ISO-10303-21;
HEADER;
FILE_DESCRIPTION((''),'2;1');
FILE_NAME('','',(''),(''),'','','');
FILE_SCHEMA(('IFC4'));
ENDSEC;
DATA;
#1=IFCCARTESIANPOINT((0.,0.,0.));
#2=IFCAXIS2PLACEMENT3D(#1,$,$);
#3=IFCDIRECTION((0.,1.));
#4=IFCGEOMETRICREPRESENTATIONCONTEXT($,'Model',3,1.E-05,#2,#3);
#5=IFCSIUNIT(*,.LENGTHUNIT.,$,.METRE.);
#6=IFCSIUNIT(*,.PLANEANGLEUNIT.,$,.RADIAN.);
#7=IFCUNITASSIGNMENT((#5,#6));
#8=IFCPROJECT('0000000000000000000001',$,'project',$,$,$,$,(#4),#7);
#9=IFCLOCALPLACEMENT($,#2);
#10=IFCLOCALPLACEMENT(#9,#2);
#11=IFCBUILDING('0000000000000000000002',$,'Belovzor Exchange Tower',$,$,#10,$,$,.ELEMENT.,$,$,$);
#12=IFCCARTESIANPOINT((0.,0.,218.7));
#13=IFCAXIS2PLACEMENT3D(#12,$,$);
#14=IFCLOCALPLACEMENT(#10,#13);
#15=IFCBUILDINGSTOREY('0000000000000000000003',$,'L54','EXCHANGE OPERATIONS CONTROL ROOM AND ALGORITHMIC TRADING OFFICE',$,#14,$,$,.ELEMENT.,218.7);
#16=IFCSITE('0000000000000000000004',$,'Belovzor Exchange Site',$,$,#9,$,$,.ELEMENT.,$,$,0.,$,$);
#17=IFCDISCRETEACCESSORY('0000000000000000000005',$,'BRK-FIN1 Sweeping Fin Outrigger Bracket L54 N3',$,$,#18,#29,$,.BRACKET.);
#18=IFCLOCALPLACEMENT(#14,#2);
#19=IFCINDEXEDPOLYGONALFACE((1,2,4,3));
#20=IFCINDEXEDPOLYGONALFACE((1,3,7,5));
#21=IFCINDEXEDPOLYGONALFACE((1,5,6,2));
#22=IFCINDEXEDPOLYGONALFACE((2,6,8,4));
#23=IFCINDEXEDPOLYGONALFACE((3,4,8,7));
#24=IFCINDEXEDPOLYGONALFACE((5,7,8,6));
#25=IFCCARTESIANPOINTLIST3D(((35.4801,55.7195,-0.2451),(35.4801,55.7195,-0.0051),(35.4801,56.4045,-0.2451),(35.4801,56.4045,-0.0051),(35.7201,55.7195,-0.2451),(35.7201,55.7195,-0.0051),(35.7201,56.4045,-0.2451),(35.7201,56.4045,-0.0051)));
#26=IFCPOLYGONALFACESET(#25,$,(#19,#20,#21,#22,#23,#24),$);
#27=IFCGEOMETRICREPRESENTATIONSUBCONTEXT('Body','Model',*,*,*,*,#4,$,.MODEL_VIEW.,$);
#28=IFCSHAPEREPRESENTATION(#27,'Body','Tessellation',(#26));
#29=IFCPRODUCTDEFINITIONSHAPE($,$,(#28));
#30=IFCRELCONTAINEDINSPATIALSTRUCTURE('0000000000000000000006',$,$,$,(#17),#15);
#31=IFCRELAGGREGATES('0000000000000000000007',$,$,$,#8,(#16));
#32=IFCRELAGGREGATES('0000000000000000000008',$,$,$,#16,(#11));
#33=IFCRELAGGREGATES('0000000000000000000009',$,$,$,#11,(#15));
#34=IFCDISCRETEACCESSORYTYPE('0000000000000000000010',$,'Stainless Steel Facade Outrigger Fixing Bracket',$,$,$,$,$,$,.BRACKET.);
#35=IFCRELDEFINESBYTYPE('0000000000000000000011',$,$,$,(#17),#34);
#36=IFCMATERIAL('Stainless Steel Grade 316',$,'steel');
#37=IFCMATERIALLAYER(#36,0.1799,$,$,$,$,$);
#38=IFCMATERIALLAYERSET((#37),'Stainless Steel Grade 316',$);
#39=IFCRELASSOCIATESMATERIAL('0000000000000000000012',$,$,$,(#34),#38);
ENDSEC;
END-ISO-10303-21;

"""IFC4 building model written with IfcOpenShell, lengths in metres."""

from ifc_helpers import new_model, si_unit, direction, frame, origin, origin_2d, place, context, subcontext, project, spatial, rectangle, extrude, material, layer, layer_set, type_object, element, save


model = new_model("IFC4")

# Units and contexts
model_context = context("Model", 3, precision=1e-05, world=origin(), true_north=direction((0.0, 1.0)))
body_context = subcontext(model_context, "Body", "Model", "MODEL_VIEW")
ifc_project = project(units=[si_unit("LENGTHUNIT", "METRE"), si_unit("PLANEANGLEUNIT", "RADIAN")], contexts=[model_context])

# Site, building, storey
site_placement = place(None, origin())
site = spatial("IfcSite", under=ifc_project, at=site_placement, Name="Belovzor Exchange Site", CompositionType="ELEMENT", RefElevation=0.0)
building_placement = place(site_placement, origin())
building = spatial("IfcBuilding", under=site, at=building_placement, Name="Belovzor Exchange Tower", CompositionType="ELEMENT")
storey_placement = place(building_placement, frame((0.0, 0.0, 218.7)))
storey = spatial("IfcBuildingStorey", under=building, at=storey_placement, Name="L54", Description="EXCHANGE OPERATIONS CONTROL ROOM AND ALGORITHMIC TRADING OFFICE", CompositionType="ELEMENT", Elevation=218.7)

# Discrete accessory
ifc_material_1 = material(Name="Stainless Steel Grade 316", Category="steel")
ifc_layer_1 = layer(ifc_material_1, 0.1799)
ifc_layer_set_1 = layer_set([ifc_layer_1], Name="Stainless Steel Grade 316")
discrete_accessory_type = type_object("IfcDiscreteAccessoryType", Name="Stainless Steel Facade Outrigger Fixing Bracket", PredefinedType="BRACKET", material=ifc_layer_set_1)
discrete_accessory_placement = place(storey_placement, frame((35.6001, 56.062, -0.2451), z_axis=(0.0, 0.0, 1.0), x_axis=(0.0, 1.0, 0.0)))
element("IfcDiscreteAccessory", 1, at=discrete_accessory_placement, inside=storey, type_object=discrete_accessory_type, Name="BRK-FIN1 Sweeping Fin Outrigger Bracket L54 N3", PredefinedType="BRACKET", context=body_context, shape_type="SweptSolid", body=[
    extrude(rectangle(XDim=0.6851, YDim=0.24, at=origin_2d()), origin(), (0.0, 0.0, 1.0), 0.24),
])

save(model, "model.ifc")
